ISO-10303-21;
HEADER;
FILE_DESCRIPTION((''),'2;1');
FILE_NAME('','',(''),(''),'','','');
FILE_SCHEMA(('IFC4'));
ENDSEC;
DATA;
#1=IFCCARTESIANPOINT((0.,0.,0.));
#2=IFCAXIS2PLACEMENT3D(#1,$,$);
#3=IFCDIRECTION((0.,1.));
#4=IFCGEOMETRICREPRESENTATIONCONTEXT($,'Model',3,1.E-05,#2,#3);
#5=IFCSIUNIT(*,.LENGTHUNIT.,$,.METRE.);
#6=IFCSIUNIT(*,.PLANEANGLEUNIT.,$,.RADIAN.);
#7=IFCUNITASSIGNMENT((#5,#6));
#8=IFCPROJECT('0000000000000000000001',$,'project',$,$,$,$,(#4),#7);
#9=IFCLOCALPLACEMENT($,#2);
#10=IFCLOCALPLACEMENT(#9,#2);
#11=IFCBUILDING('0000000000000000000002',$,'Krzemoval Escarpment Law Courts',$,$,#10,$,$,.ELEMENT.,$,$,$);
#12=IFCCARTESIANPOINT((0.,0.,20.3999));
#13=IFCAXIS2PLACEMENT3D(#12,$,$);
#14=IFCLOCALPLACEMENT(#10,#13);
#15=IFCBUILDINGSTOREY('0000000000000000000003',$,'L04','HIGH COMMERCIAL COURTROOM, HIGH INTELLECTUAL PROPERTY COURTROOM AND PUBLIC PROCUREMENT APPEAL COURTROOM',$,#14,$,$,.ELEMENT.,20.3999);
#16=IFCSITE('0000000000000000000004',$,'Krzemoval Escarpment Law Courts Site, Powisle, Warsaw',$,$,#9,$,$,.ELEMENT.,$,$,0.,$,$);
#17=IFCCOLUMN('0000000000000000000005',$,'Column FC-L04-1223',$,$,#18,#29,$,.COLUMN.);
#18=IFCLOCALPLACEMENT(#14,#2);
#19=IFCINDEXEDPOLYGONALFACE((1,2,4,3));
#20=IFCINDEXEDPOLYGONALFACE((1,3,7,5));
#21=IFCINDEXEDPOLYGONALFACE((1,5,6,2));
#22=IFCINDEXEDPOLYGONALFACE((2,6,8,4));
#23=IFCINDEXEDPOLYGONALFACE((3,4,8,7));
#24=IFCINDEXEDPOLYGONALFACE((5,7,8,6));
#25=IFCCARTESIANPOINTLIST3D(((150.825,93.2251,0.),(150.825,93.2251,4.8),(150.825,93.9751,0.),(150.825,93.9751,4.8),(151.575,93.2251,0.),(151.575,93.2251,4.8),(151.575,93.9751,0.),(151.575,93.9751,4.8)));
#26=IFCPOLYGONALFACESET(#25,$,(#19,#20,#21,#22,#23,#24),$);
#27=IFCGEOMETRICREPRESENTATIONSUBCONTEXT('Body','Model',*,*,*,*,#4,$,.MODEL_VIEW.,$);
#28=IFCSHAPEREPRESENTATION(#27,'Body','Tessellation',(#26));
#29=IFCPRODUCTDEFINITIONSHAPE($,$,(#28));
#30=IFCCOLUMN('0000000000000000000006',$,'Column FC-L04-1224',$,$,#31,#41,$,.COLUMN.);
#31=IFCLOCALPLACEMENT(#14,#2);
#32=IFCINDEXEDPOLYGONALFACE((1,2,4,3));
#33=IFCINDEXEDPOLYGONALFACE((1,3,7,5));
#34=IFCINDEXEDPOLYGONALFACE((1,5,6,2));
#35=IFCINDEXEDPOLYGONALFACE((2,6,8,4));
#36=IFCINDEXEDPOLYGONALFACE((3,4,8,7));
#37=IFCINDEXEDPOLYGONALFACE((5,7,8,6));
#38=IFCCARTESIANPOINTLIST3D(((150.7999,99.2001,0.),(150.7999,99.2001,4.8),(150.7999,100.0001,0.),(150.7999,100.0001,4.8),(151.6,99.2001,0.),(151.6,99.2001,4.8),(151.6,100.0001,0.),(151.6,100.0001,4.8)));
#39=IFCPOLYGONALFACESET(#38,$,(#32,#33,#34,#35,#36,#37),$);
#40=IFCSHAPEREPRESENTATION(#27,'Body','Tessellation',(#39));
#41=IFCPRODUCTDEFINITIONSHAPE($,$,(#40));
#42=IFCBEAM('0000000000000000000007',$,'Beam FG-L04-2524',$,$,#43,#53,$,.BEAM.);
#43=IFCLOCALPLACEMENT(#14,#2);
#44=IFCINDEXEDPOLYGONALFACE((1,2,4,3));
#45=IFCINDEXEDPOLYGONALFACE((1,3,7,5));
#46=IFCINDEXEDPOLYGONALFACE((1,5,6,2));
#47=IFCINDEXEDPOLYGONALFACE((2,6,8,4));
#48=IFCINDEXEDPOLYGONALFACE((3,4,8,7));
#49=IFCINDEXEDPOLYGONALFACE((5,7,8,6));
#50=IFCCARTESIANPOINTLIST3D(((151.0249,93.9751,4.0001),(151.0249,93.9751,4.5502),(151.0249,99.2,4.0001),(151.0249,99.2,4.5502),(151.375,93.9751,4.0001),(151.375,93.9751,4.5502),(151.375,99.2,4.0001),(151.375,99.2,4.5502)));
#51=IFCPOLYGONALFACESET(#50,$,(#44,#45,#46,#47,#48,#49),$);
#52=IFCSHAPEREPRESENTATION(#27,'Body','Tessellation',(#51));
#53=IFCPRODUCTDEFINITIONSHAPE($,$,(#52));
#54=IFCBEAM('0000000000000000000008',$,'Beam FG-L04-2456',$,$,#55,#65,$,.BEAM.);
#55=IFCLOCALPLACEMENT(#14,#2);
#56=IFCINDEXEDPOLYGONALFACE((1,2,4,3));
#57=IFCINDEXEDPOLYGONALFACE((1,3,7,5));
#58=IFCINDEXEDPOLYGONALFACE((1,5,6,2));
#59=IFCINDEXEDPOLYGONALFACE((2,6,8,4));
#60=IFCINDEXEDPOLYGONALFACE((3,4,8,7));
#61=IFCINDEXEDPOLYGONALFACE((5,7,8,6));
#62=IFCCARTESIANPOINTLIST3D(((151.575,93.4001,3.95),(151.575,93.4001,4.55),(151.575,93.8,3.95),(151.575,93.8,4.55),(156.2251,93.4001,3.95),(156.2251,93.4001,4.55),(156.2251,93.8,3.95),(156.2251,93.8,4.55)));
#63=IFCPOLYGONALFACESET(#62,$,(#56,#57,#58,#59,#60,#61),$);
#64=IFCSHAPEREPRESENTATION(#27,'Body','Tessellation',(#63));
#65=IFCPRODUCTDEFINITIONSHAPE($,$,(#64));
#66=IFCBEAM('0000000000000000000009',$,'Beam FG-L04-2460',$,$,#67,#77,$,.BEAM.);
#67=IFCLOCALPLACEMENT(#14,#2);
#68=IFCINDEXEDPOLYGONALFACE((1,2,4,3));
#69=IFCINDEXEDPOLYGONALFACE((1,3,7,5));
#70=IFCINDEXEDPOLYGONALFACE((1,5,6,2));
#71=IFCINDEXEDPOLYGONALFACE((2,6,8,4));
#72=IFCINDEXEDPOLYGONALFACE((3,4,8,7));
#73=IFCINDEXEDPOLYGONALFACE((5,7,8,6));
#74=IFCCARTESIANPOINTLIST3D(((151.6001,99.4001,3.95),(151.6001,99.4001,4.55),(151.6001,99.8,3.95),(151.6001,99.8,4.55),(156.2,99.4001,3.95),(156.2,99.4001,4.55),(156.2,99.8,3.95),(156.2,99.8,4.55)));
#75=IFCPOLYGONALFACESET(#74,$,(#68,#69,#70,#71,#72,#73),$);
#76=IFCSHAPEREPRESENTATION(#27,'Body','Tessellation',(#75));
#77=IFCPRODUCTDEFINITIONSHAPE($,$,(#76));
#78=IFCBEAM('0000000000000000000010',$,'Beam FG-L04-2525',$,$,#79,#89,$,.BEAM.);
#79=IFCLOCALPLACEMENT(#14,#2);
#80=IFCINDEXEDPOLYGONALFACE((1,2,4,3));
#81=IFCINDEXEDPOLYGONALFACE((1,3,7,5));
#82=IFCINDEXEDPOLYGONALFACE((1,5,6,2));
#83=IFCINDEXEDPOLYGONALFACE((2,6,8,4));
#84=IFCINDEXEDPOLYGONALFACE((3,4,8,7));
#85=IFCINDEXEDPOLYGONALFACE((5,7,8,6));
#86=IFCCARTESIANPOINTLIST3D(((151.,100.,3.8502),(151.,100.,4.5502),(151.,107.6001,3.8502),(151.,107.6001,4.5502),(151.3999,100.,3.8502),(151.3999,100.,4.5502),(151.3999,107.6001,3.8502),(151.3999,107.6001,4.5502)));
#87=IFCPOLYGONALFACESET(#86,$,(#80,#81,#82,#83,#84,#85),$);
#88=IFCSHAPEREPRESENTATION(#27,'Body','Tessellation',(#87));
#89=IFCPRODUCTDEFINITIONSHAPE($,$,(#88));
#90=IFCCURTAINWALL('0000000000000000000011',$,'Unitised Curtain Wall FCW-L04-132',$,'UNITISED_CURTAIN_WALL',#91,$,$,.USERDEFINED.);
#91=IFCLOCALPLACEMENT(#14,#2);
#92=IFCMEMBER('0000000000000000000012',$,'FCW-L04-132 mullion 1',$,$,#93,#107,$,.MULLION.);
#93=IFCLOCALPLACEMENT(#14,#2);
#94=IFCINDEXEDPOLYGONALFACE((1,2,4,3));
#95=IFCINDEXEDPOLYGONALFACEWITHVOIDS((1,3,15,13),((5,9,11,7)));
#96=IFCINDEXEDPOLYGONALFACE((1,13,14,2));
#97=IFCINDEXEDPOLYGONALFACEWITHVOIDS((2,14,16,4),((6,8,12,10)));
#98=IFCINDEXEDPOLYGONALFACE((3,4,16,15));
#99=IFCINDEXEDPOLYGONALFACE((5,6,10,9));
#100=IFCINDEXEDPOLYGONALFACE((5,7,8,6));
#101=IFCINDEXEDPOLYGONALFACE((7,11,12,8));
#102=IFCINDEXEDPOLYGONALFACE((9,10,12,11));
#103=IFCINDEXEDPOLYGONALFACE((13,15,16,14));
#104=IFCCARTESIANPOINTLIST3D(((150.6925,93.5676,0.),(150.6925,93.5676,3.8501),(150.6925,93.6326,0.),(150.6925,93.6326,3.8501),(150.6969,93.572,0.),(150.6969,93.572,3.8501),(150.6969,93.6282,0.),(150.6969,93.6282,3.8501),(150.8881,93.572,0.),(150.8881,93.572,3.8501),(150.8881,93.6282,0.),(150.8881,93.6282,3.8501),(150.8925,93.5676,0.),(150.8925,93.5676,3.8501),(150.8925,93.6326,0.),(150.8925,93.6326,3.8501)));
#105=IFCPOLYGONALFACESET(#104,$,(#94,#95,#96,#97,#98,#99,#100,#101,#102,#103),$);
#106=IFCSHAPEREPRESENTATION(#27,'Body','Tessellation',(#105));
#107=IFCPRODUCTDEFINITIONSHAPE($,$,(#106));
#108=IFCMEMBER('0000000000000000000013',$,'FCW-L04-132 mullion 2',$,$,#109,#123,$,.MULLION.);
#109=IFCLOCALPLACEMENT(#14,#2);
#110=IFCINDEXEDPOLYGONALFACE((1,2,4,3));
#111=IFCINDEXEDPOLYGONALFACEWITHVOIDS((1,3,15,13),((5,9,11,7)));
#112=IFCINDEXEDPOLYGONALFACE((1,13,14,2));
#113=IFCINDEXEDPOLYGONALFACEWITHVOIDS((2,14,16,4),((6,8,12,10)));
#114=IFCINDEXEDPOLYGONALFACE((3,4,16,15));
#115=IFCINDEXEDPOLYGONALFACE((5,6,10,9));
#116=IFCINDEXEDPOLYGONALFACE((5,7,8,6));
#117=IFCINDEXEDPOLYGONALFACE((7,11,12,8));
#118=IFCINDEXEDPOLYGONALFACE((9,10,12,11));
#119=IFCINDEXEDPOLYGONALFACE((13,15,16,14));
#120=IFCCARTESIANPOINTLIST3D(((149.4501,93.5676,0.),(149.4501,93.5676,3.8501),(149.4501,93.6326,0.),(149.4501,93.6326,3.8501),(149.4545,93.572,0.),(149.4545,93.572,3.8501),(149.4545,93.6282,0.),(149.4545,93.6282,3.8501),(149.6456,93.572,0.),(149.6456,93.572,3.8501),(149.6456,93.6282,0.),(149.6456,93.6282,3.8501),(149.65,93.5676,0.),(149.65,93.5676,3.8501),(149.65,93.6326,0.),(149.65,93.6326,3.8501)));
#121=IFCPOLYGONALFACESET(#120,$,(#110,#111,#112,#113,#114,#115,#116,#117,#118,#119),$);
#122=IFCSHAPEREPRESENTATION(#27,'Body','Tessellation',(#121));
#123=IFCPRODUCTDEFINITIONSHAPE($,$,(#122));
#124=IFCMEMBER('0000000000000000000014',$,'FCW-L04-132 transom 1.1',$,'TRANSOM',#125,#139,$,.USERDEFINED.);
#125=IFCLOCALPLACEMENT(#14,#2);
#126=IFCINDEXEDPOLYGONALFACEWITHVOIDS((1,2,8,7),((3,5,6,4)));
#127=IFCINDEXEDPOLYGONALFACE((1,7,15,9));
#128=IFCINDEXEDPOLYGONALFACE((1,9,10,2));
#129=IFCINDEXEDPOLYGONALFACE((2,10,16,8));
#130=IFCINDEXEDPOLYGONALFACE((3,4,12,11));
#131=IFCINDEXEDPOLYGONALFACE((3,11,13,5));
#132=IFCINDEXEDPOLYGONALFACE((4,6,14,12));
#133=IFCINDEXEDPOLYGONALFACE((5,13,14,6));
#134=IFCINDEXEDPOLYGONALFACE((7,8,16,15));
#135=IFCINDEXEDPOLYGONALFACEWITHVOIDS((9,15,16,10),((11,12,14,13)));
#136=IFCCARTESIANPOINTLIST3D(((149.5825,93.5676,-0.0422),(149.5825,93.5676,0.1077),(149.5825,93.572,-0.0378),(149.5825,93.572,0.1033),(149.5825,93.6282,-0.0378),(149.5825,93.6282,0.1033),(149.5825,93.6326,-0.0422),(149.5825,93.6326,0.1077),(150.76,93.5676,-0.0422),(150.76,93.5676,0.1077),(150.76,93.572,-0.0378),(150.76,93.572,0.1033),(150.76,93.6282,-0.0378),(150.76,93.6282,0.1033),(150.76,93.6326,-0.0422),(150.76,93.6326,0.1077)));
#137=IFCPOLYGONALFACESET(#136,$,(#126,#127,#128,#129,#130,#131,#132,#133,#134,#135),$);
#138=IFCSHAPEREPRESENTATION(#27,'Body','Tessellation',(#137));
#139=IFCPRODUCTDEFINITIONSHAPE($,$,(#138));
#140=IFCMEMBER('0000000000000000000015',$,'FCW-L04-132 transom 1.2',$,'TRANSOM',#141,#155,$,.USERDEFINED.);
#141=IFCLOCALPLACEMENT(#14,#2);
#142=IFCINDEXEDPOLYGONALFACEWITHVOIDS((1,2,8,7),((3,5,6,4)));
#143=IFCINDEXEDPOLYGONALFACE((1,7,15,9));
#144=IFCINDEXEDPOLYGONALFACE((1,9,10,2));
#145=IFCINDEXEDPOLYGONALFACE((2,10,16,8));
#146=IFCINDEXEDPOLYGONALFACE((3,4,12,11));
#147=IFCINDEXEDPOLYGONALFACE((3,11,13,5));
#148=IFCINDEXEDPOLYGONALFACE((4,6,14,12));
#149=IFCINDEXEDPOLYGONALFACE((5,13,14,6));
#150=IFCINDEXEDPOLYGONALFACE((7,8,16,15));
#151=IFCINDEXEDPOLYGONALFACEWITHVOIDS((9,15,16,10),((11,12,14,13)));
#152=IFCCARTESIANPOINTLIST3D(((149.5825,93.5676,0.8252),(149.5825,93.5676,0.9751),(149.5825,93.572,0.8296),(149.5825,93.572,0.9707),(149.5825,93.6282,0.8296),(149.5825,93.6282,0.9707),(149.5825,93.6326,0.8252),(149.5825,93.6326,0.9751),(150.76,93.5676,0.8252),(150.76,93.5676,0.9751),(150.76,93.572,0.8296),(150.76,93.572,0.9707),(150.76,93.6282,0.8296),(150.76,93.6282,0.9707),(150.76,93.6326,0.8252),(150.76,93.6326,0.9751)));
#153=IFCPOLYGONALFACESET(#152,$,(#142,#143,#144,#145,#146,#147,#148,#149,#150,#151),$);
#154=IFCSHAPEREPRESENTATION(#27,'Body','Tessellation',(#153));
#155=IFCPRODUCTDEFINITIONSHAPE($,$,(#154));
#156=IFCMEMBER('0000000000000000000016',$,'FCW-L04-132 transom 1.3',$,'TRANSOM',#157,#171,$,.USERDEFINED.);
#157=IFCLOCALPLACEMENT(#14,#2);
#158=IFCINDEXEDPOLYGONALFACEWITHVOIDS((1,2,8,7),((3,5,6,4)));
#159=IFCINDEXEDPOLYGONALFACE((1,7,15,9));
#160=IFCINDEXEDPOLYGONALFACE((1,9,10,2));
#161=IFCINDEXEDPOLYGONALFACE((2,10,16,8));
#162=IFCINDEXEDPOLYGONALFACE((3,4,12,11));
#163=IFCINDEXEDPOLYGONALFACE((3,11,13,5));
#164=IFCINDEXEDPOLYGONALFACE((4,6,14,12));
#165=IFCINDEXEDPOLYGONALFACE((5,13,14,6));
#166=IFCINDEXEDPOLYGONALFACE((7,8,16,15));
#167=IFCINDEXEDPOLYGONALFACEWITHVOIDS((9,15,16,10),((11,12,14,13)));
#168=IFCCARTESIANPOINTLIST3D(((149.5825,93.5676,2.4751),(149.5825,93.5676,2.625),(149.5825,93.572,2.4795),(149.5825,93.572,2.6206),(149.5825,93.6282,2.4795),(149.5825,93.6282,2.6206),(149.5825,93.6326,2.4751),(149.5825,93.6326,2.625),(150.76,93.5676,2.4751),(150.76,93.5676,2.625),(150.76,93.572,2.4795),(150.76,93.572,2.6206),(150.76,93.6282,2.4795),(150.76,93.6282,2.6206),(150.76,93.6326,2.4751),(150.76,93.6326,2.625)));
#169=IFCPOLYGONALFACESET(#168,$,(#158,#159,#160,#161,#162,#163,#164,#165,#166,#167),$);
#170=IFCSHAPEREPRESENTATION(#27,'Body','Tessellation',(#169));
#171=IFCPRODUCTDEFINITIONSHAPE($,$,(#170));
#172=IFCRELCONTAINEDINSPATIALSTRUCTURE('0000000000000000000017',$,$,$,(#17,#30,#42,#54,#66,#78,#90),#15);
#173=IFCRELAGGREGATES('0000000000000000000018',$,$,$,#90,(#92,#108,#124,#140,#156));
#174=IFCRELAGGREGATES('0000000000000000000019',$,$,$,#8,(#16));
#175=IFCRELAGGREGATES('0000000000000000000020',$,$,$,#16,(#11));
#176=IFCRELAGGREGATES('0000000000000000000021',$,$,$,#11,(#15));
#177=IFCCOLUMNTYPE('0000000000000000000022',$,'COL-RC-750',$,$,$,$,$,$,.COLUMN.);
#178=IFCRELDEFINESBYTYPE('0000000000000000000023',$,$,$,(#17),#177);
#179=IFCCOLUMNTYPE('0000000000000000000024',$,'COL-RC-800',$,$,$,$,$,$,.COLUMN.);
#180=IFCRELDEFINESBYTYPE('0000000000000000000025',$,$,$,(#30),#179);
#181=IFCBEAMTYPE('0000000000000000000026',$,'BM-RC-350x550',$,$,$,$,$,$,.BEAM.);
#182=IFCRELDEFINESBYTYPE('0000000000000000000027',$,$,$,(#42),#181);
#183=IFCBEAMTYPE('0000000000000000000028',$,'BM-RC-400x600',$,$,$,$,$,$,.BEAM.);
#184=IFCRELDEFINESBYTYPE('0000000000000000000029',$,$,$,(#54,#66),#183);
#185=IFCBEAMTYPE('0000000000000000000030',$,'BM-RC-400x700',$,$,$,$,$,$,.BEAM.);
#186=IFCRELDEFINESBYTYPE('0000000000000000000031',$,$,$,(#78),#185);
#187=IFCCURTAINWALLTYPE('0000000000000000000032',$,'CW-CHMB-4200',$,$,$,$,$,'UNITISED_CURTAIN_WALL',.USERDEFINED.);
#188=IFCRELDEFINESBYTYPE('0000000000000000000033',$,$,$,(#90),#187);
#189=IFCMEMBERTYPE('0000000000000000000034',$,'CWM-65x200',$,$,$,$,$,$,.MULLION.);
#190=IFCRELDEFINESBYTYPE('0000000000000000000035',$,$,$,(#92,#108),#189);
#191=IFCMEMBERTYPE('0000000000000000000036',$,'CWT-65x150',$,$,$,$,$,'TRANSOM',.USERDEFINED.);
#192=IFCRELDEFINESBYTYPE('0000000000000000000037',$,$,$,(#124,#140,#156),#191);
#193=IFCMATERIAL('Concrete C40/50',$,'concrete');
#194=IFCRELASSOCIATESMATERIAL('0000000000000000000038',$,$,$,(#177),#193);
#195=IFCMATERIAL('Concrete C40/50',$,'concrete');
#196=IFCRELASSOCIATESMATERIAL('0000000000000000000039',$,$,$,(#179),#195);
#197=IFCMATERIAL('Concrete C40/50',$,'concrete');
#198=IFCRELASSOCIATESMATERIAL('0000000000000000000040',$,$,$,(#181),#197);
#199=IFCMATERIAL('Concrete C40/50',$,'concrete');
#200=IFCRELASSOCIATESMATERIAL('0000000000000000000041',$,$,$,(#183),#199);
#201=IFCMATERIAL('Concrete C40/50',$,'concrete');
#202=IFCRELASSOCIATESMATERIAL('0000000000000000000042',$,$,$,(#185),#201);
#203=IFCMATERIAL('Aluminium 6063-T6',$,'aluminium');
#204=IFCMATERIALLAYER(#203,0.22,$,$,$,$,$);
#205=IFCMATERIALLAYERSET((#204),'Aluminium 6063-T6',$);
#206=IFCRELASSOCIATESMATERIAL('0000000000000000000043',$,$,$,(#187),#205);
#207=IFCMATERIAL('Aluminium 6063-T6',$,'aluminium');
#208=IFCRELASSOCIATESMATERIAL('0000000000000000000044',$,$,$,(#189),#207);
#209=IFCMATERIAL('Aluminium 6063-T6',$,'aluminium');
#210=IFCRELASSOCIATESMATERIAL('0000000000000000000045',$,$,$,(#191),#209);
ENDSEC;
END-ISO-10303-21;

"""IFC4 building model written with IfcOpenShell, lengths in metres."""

from ifc_helpers import new_model, si_unit, direction, frame, origin, origin_2d, place, context, subcontext, project, spatial, rectangle, hollow_rectangle, extrude, material, layer, layer_set, material_profile, profile_set, type_object, element, aggregate, save


model = new_model("IFC4")

# Units and contexts
model_context = context("Model", 3, precision=1e-05, world=origin(), true_north=direction((0.0, 1.0)))
body_context = subcontext(model_context, "Body", "Model", "MODEL_VIEW")
ifc_project = project(units=[si_unit("LENGTHUNIT", "METRE"), si_unit("PLANEANGLEUNIT", "RADIAN")], contexts=[model_context])

# Site, building, storey
site_placement = place(None, origin())
site = spatial("IfcSite", under=ifc_project, at=site_placement, Name="Krzemoval Escarpment Law Courts Site, Powisle, Warsaw", CompositionType="ELEMENT", RefElevation=0.0)
building_placement = place(site_placement, origin())
building = spatial("IfcBuilding", under=site, at=building_placement, Name="Krzemoval Escarpment Law Courts", CompositionType="ELEMENT")
storey_placement = place(building_placement, frame((0.0, 0.0, 20.3999)))
storey = spatial("IfcBuildingStorey", under=building, at=storey_placement, Name="L04", Description="HIGH COMMERCIAL COURTROOM, HIGH INTELLECTUAL PROPERTY COURTROOM AND PUBLIC PROCUREMENT APPEAL COURTROOM", CompositionType="ELEMENT", Elevation=20.3999)

# Columns
ifc_material_1 = material(Name="Concrete C40/50", Category="concrete")
ifc_material_profile_1 = material_profile(ifc_material_1, rectangle(XDim=0.75, YDim=0.75, at=origin_2d()), Name="RC 750x750")
ifc_profile_set_1 = profile_set([ifc_material_profile_1], Name="Concrete C40/50")
column_type_1 = type_object("IfcColumnType", Name="COL-RC-750", PredefinedType="COLUMN", material=ifc_profile_set_1)
column_1_placement = place(storey_placement, frame((151.2, 93.6001, 0.0), z_axis=(0.0, 0.0, 1.0), x_axis=(1.0, 0.0, 0.0)))
element("IfcColumn", 1, at=column_1_placement, inside=storey, type_object=column_type_1, Name="Column FC-L04-1223", PredefinedType="COLUMN", context=body_context, shape_type="SweptSolid", body=[
    extrude(rectangle(XDim=0.75, YDim=0.75, at=origin_2d()), origin(), (0.0, 0.0, 1.0), 4.8),
])
ifc_material_2 = material(Name="Concrete C40/50", Category="concrete")
ifc_material_profile_2 = material_profile(ifc_material_2, rectangle(XDim=0.8, YDim=0.8, at=origin_2d()), Name="RC 800x800")
ifc_profile_set_2 = profile_set([ifc_material_profile_2], Name="Concrete C40/50")
column_type_2 = type_object("IfcColumnType", Name="COL-RC-800", PredefinedType="COLUMN", material=ifc_profile_set_2)
column_2_placement = place(storey_placement, frame((151.2, 99.6001, 0.0), z_axis=(0.0, 0.0, 1.0), x_axis=(1.0, 0.0, 0.0)))
element("IfcColumn", 2, at=column_2_placement, inside=storey, type_object=column_type_2, Name="Column FC-L04-1224", PredefinedType="COLUMN", context=body_context, shape_type="SweptSolid", body=[
    extrude(rectangle(XDim=0.8, YDim=0.8, at=origin_2d()), origin(), (0.0, 0.0, 1.0), 4.8),
])

# Beams
ifc_material_3 = material(Name="Concrete C40/50", Category="concrete")
ifc_material_profile_3 = material_profile(ifc_material_3, rectangle(XDim=0.3501, YDim=0.55, at=origin_2d()), Name="RCB 350x550")
ifc_profile_set_3 = profile_set([ifc_material_profile_3], Name="Concrete C40/50")
beam_type_1 = type_object("IfcBeamType", Name="BM-RC-350x550", PredefinedType="BEAM", material=ifc_profile_set_3)
beam_1_placement = place(storey_placement, frame((151.2, 93.9751, 4.2751), z_axis=(0.0, 1.0, 0.0), x_axis=(-1.0, 0.0, 0.0)))
element("IfcBeam", 3, at=beam_1_placement, inside=storey, type_object=beam_type_1, Name="Beam FG-L04-2524", PredefinedType="BEAM", context=body_context, shape_type="SweptSolid", body=[
    extrude(rectangle(XDim=0.3501, YDim=0.55, at=origin_2d()), origin(), (0.0, 0.0, 1.0), 5.2249),
])
ifc_material_4 = material(Name="Concrete C40/50", Category="concrete")
ifc_material_profile_4 = material_profile(ifc_material_4, rectangle(XDim=0.3999, YDim=0.6001, at=origin_2d()), Name="RCB 400x600")
ifc_profile_set_4 = profile_set([ifc_material_profile_4], Name="Concrete C40/50")
beam_type_2 = type_object("IfcBeamType", Name="BM-RC-400x600", PredefinedType="BEAM", material=ifc_profile_set_4)
beam_2_placement = place(storey_placement, frame((151.575, 93.6001, 4.25), z_axis=(1.0, 0.0, 0.0), x_axis=(0.0, 1.0, 0.0)))
element("IfcBeam", 4, at=beam_2_placement, inside=storey, type_object=beam_type_2, Name="Beam FG-L04-2456", PredefinedType="BEAM", context=body_context, shape_type="SweptSolid", body=[
    extrude(rectangle(XDim=0.3999, YDim=0.6001, at=origin_2d()), origin(), (0.0, 0.0, 1.0), 4.6501),
])
beam_3_placement = place(storey_placement, frame((151.6001, 99.6001, 4.25), z_axis=(1.0, 0.0, 0.0), x_axis=(0.0, 1.0, 0.0)))
element("IfcBeam", 5, at=beam_3_placement, inside=storey, type_object=beam_type_2, Name="Beam FG-L04-2460", PredefinedType="BEAM", context=body_context, shape_type="SweptSolid", body=[
    extrude(rectangle(XDim=0.3999, YDim=0.6001, at=origin_2d()), origin(), (0.0, 0.0, 1.0), 4.5999),
])
ifc_material_5 = material(Name="Concrete C40/50", Category="concrete")
ifc_material_profile_5 = material_profile(ifc_material_5, rectangle(XDim=0.3999, YDim=0.7, at=origin_2d()), Name="RCB 400x700")
ifc_profile_set_5 = profile_set([ifc_material_profile_5], Name="Concrete C40/50")
beam_type_3 = type_object("IfcBeamType", Name="BM-RC-400x700", PredefinedType="BEAM", material=ifc_profile_set_5)
beam_4_placement = place(storey_placement, frame((151.2, 100.0, 4.2002), z_axis=(0.0, 1.0, 0.0), x_axis=(-1.0, 0.0, 0.0)))
element("IfcBeam", 6, at=beam_4_placement, inside=storey, type_object=beam_type_3, Name="Beam FG-L04-2525", PredefinedType="BEAM", context=body_context, shape_type="SweptSolid", body=[
    extrude(rectangle(XDim=0.3999, YDim=0.7, at=origin_2d()), origin(), (0.0, 0.0, 1.0), 7.6001),
])

# Curtain wall, members
ifc_material_6 = material(Name="Aluminium 6063-T6", Category="aluminium")
ifc_layer_1 = layer(ifc_material_6, 0.22)
ifc_layer_set_1 = layer_set([ifc_layer_1], Name="Aluminium 6063-T6")
curtain_wall_type = type_object("IfcCurtainWallType", Name="CW-CHMB-4200", ElementType="UNITISED_CURTAIN_WALL", PredefinedType="USERDEFINED", material=ifc_layer_set_1)
curtain_wall_placement = place(storey_placement, origin())
curtain_wall = element("IfcCurtainWall", 7, at=curtain_wall_placement, inside=storey, type_object=curtain_wall_type, Name="Unitised Curtain Wall FCW-L04-132", ObjectType="UNITISED_CURTAIN_WALL", PredefinedType="USERDEFINED")
ifc_material_7 = material(Name="Aluminium 6063-T6", Category="aluminium")
ifc_material_profile_6 = material_profile(ifc_material_7, hollow_rectangle(XDim=0.0649, YDim=0.2, WallThickness=0.0044, at=origin_2d()), Name="ALU M65x200")
ifc_profile_set_6 = profile_set([ifc_material_profile_6], Name="Aluminium 6063-T6")
member_type_1 = type_object("IfcMemberType", Name="CWM-65x200", PredefinedType="MULLION", material=ifc_profile_set_6)
member_1_placement = place(storey_placement, frame((150.7925, 93.6001, 0.0), z_axis=(0.0, 0.0, 1.0), x_axis=(0.0, -1.0, 0.0)))
member_1 = element("IfcMember", 8, at=member_1_placement, type_object=member_type_1, Name="FCW-L04-132 mullion 1", PredefinedType="MULLION", context=body_context, shape_type="SweptSolid", body=[
    extrude(hollow_rectangle(XDim=0.0649, YDim=0.2, WallThickness=0.0044, at=origin_2d()), origin(), (0.0, 0.0, 1.0), 3.8501),
])
member_2_placement = place(storey_placement, frame((149.55, 93.6001, 0.0), z_axis=(0.0, 0.0, 1.0), x_axis=(0.0, -1.0, 0.0)))
member_2 = element("IfcMember", 9, at=member_2_placement, type_object=member_type_1, Name="FCW-L04-132 mullion 2", PredefinedType="MULLION", context=body_context, shape_type="SweptSolid", body=[
    extrude(hollow_rectangle(XDim=0.0649, YDim=0.2, WallThickness=0.0044, at=origin_2d()), origin(), (0.0, 0.0, 1.0), 3.8501),
])
ifc_material_8 = material(Name="Aluminium 6063-T6", Category="aluminium")
ifc_material_profile_7 = material_profile(ifc_material_8, hollow_rectangle(XDim=0.0649, YDim=0.1499, WallThickness=0.0044, at=origin_2d()), Name="ALU T65x150")
ifc_profile_set_7 = profile_set([ifc_material_profile_7], Name="Aluminium 6063-T6")
member_type_2 = type_object("IfcMemberType", Name="CWT-65x150", ElementType="TRANSOM", PredefinedType="USERDEFINED", material=ifc_profile_set_7)
member_3_placement = place(storey_placement, frame((150.76, 93.6001, 0.0327), z_axis=(-1.0, 0.0, 0.0), x_axis=(0.0, -1.0, 0.0)))
member_3 = element("IfcMember", 10, at=member_3_placement, type_object=member_type_2, Name="FCW-L04-132 transom 1.1", ObjectType="TRANSOM", PredefinedType="USERDEFINED", context=body_context, shape_type="SweptSolid", body=[
    extrude(hollow_rectangle(XDim=0.0649, YDim=0.1499, WallThickness=0.0044, at=origin_2d()), origin(), (0.0, 0.0, 1.0), 1.1775),
])
member_4_placement = place(storey_placement, frame((150.76, 93.6001, 0.9001), z_axis=(-1.0, 0.0, 0.0), x_axis=(0.0, -1.0, 0.0)))
member_4 = element("IfcMember", 11, at=member_4_placement, type_object=member_type_2, Name="FCW-L04-132 transom 1.2", ObjectType="TRANSOM", PredefinedType="USERDEFINED", context=body_context, shape_type="SweptSolid", body=[
    extrude(hollow_rectangle(XDim=0.0649, YDim=0.1499, WallThickness=0.0044, at=origin_2d()), origin(), (0.0, 0.0, 1.0), 1.1775),
])
member_5_placement = place(storey_placement, frame((150.76, 93.6001, 2.55), z_axis=(-1.0, 0.0, 0.0), x_axis=(0.0, -1.0, 0.0)))
member_5 = element("IfcMember", 12, at=member_5_placement, type_object=member_type_2, Name="FCW-L04-132 transom 1.3", ObjectType="TRANSOM", PredefinedType="USERDEFINED", context=body_context, shape_type="SweptSolid", body=[
    extrude(hollow_rectangle(XDim=0.0649, YDim=0.1499, WallThickness=0.0044, at=origin_2d()), origin(), (0.0, 0.0, 1.0), 1.1775),
])
aggregate(curtain_wall, [member_1, member_2, member_3, member_4, member_5])

save(model, "model.ifc")
